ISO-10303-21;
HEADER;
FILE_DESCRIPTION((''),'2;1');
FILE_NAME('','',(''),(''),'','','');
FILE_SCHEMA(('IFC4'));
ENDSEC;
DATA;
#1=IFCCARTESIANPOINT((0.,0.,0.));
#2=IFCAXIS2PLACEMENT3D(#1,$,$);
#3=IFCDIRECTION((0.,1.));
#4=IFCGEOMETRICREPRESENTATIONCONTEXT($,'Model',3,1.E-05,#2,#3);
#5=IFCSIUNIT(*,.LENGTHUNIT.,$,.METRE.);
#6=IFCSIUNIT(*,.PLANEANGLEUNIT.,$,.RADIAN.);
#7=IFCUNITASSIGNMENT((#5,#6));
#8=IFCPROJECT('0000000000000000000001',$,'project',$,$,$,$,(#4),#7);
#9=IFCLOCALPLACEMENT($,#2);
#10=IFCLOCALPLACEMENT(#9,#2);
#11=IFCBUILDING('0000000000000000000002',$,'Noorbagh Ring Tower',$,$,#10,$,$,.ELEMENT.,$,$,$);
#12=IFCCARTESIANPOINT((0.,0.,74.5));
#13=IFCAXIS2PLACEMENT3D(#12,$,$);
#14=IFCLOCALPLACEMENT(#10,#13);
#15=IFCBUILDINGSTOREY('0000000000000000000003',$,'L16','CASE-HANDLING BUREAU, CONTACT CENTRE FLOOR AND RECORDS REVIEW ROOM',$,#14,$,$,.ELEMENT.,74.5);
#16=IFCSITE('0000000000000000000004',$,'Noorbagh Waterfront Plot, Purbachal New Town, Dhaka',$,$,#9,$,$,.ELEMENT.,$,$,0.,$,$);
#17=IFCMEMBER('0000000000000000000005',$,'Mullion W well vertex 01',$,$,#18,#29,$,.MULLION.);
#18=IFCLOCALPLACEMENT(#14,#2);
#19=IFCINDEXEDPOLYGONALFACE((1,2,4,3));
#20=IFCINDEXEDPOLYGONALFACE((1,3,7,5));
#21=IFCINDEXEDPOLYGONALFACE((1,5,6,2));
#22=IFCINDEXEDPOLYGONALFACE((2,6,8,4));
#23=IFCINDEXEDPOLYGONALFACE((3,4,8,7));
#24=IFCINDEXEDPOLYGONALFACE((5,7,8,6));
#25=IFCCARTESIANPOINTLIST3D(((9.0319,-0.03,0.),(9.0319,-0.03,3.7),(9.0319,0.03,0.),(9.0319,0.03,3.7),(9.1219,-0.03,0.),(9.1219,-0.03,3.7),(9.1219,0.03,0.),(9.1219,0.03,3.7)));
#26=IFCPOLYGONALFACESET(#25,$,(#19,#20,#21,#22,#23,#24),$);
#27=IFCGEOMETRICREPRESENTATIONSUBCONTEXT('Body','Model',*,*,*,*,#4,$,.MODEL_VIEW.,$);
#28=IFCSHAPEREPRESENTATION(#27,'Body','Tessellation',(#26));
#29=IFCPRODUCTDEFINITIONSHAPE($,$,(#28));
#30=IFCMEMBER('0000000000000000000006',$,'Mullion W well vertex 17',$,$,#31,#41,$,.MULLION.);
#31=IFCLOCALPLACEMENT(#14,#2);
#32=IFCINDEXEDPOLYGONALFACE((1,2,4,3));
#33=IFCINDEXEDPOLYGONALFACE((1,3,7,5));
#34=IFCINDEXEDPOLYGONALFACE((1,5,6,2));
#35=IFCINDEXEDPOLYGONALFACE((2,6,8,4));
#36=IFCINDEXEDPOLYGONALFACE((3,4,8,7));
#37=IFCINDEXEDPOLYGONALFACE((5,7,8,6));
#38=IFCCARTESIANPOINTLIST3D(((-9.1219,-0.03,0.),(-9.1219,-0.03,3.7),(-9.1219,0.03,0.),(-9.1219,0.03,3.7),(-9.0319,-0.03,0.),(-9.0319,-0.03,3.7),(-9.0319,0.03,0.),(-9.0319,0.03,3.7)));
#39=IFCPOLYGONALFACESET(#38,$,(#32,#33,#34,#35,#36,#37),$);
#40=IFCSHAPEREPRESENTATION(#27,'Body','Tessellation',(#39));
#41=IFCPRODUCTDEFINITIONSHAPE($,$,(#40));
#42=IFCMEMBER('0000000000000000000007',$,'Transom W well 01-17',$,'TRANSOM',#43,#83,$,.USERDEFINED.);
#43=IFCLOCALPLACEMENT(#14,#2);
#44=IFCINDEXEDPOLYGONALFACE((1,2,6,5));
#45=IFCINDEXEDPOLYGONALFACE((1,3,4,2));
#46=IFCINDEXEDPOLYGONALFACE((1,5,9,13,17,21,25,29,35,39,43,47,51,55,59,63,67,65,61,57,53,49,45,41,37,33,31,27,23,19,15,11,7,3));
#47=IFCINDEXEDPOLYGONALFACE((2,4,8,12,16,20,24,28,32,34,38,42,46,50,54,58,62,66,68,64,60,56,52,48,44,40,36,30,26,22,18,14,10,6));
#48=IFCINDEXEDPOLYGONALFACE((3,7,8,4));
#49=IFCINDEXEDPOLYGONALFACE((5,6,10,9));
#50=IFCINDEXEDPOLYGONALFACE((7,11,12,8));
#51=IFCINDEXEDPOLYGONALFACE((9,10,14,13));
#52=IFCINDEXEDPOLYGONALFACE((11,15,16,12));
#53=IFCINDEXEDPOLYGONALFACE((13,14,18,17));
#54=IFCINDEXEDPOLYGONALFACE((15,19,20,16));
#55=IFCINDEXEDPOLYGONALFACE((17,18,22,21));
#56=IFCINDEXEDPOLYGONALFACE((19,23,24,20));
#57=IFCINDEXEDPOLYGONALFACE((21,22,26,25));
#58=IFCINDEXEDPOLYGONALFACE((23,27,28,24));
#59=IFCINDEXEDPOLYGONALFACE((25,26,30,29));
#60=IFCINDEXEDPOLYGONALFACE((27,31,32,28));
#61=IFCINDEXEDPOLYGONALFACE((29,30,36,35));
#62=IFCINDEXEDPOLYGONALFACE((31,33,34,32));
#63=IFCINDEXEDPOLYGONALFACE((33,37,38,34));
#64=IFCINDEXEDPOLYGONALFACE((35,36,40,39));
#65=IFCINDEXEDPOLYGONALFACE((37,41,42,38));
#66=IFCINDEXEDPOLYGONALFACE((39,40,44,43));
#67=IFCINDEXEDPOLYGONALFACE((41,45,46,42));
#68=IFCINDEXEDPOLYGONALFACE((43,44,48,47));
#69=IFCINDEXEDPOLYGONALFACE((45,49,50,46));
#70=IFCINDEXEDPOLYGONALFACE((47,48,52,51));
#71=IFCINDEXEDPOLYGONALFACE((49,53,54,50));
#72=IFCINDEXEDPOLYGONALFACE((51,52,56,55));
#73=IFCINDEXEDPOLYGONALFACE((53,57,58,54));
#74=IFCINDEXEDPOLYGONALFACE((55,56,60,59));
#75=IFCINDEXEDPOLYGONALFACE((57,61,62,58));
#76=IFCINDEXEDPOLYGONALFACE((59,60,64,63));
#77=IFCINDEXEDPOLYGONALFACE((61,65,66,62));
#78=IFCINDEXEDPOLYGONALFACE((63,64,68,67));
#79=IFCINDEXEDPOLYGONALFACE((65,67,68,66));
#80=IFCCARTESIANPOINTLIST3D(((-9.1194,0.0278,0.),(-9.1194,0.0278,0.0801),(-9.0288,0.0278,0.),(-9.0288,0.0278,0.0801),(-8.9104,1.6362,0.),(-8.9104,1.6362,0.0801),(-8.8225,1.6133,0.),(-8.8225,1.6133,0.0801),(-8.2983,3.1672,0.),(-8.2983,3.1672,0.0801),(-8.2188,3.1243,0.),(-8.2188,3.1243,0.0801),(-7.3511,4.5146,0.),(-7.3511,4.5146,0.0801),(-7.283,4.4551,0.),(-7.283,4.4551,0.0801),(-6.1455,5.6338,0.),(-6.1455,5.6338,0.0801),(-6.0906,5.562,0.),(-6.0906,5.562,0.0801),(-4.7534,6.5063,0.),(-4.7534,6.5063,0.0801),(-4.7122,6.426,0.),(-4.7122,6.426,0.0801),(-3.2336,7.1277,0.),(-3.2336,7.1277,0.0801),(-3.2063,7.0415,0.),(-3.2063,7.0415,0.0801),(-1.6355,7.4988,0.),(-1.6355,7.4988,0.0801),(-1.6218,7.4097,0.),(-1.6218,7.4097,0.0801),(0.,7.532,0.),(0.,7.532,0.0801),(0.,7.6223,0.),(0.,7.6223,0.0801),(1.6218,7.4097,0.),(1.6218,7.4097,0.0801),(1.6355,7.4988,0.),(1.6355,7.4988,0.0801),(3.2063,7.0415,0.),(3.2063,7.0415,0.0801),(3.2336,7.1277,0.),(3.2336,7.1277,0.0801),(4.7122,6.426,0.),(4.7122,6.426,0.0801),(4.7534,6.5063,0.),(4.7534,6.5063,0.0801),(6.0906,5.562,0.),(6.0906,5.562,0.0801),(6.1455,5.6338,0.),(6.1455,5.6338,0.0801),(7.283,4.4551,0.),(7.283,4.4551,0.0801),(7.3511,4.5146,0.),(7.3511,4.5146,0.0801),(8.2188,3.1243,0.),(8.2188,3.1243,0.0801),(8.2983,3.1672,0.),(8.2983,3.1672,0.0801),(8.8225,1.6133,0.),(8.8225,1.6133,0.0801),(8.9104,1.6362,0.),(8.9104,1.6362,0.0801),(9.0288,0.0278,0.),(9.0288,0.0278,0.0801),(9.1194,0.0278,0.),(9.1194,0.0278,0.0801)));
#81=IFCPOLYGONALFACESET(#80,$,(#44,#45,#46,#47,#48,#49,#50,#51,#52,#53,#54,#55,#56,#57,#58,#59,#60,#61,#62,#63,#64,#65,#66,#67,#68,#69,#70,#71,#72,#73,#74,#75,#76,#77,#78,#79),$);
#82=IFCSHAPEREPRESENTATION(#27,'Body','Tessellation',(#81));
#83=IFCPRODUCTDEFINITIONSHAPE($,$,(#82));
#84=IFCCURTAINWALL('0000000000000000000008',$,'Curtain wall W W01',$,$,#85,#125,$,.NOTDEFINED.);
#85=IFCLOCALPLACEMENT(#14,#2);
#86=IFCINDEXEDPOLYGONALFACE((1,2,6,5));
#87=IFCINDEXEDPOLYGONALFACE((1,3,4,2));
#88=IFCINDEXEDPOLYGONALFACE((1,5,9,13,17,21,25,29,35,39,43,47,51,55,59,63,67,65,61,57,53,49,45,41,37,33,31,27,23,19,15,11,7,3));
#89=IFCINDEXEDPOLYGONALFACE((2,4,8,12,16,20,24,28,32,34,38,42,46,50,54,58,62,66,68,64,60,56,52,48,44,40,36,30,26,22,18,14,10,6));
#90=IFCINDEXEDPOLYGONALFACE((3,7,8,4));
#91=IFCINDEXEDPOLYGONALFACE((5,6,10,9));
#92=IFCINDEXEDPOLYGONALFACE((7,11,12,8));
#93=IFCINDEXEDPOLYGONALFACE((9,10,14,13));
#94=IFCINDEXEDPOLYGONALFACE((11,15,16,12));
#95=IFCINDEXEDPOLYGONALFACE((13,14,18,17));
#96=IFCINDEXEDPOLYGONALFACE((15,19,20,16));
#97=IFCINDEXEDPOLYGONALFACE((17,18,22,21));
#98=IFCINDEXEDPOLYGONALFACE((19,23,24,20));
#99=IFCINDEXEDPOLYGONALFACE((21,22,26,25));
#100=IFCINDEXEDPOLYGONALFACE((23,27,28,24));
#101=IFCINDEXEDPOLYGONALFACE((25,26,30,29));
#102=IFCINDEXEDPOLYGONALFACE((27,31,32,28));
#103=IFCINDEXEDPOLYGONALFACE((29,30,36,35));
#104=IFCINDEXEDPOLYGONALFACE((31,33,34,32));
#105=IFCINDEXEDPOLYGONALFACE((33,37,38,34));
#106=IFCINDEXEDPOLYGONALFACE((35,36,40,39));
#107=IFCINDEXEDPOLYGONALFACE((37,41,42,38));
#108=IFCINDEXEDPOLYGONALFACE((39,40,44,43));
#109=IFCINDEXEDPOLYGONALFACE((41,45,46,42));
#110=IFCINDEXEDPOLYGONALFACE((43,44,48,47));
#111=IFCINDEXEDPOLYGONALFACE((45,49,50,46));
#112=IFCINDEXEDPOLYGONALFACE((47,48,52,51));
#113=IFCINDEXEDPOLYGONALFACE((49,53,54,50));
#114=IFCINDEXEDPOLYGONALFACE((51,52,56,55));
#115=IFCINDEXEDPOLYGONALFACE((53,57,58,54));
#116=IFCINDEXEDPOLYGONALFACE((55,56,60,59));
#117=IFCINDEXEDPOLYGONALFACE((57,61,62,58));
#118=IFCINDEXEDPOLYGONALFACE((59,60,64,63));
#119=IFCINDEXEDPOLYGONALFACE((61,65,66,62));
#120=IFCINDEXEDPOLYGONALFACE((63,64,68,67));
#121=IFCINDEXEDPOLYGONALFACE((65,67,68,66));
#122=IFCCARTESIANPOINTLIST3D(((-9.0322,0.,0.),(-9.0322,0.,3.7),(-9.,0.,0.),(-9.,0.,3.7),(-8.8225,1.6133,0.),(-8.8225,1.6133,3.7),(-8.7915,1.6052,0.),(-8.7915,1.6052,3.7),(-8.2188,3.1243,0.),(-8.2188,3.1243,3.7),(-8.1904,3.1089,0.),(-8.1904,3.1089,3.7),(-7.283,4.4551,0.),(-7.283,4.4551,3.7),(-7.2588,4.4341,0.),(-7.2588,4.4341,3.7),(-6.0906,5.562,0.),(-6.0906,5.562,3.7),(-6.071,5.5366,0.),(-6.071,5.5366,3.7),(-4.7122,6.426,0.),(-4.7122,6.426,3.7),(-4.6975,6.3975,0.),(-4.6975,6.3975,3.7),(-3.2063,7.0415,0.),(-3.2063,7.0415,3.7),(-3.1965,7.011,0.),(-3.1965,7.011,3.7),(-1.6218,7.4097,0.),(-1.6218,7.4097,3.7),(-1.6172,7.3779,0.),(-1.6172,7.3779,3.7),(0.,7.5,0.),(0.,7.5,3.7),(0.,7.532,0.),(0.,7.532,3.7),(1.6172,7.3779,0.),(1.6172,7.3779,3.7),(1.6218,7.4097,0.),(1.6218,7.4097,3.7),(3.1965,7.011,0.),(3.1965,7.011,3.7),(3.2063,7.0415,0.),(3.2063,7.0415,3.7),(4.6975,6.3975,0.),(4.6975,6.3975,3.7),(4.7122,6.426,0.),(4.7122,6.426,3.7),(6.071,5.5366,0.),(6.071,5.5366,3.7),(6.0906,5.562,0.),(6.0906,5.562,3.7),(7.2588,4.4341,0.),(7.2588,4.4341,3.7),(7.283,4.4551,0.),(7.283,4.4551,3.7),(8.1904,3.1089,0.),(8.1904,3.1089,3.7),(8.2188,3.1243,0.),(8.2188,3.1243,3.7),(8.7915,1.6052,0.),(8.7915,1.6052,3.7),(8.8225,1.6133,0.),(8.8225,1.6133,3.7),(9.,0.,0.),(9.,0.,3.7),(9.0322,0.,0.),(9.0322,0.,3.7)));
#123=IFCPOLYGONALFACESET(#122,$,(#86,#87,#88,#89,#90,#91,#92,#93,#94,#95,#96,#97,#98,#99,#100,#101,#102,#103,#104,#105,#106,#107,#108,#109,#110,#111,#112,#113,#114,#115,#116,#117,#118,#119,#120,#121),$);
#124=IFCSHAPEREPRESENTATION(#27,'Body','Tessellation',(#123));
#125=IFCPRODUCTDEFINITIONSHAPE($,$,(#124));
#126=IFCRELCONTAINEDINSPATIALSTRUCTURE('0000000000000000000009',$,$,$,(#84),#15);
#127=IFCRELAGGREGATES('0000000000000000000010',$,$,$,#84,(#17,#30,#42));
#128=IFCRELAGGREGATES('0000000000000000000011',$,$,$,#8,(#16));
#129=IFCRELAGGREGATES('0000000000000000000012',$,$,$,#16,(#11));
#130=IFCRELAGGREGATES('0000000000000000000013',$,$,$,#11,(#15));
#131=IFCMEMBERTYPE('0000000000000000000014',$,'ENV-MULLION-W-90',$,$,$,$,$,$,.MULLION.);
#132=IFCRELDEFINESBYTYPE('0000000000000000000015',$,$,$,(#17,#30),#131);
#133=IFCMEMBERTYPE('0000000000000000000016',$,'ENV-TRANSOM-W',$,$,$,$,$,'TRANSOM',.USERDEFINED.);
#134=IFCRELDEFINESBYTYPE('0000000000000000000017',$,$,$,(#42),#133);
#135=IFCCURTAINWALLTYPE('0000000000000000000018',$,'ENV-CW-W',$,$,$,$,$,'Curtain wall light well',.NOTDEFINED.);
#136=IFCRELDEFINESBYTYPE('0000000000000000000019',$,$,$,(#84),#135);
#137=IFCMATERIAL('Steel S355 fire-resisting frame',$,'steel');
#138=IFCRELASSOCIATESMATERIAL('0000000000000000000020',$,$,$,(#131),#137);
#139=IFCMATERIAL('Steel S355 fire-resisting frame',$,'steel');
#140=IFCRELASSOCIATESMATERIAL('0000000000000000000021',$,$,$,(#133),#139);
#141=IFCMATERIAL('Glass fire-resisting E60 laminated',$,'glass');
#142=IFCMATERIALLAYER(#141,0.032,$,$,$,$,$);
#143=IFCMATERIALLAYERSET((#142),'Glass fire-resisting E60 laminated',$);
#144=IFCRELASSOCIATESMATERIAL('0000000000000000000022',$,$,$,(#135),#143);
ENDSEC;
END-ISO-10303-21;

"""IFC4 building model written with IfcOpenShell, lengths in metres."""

from ifc_helpers import new_model, si_unit, direction, frame, origin, origin_2d, place, context, subcontext, project, spatial, polyline, rectangle, outline, extrude, material, layer, layer_set, material_profile, profile_set, type_object, element, aggregate, save


model = new_model("IFC4")

# Units and contexts
model_context = context("Model", 3, precision=1e-05, world=origin(), true_north=direction((0.0, 1.0)))
body_context = subcontext(model_context, "Body", "Model", "MODEL_VIEW")
ifc_project = project(units=[si_unit("LENGTHUNIT", "METRE"), si_unit("PLANEANGLEUNIT", "RADIAN")], contexts=[model_context])

# Site, building, storey
site_placement = place(None, origin())
site = spatial("IfcSite", under=ifc_project, at=site_placement, Name="Noorbagh Waterfront Plot, Purbachal New Town, Dhaka", CompositionType="ELEMENT", RefElevation=0.0)
building_placement = place(site_placement, origin())
building = spatial("IfcBuilding", under=site, at=building_placement, Name="Noorbagh Ring Tower", CompositionType="ELEMENT")
storey_placement = place(building_placement, frame((0.0, 0.0, 74.5)))
storey = spatial("IfcBuildingStorey", under=building, at=storey_placement, Name="L16", Description="CASE-HANDLING BUREAU, CONTACT CENTRE FLOOR AND RECORDS REVIEW ROOM", CompositionType="ELEMENT", Elevation=74.5)

# Members
ifc_material_1 = material(Name="Steel S355 fire-resisting frame", Category="steel")
ifc_material_profile_1 = material_profile(ifc_material_1, rectangle(XDim=0.0901, YDim=0.0601, at=origin_2d()), Name="90x60")
ifc_profile_set_1 = profile_set([ifc_material_profile_1], Name="Steel S355 fire-resisting frame")
member_type_1 = type_object("IfcMemberType", Name="ENV-MULLION-W-90", PredefinedType="MULLION", material=ifc_profile_set_1)
member_1_placement = place(storey_placement, frame((9.0769, 0.0, 0.0), z_axis=(0.0, 0.0, 1.0), x_axis=(1.0, 0.0, 0.0)))
member_1 = element("IfcMember", 1, at=member_1_placement, type_object=member_type_1, Name="Mullion W well vertex 01", PredefinedType="MULLION", context=body_context, shape_type="SweptSolid", body=[
    extrude(rectangle(XDim=0.0901, YDim=0.0601, at=origin_2d()), origin(), (0.0, 0.0, 1.0), 3.7),
])
member_2_placement = place(storey_placement, frame((-9.0769, 0.0, 0.0), z_axis=(0.0, 0.0, 1.0), x_axis=(-1.0, 0.0, 0.0)))
member_2 = element("IfcMember", 2, at=member_2_placement, type_object=member_type_1, Name="Mullion W well vertex 17", PredefinedType="MULLION", context=body_context, shape_type="SweptSolid", body=[
    extrude(rectangle(XDim=0.0901, YDim=0.0601, at=origin_2d()), origin(), (0.0, 0.0, 1.0), 3.7),
])
ifc_material_2 = material(Name="Steel S355 fire-resisting frame", Category="steel")
member_type_2 = type_object("IfcMemberType", Name="ENV-TRANSOM-W", ElementType="TRANSOM", PredefinedType="USERDEFINED", material=ifc_material_2)
member_3_placement = place(storey_placement, origin())
member_3 = element("IfcMember", 3, at=member_3_placement, type_object=member_type_2, Name="Transom W well 01-17", ObjectType="TRANSOM", PredefinedType="USERDEFINED", context=body_context, shape_type="SweptSolid", body=[
    extrude(outline(polyline([(9.1194, 0.0278), (8.9104, 1.6362), (8.2983, 3.1672), (7.3511, 4.5146), (6.1455, 5.6338), (4.7534, 6.5063), (3.2336, 7.1277), (1.6355, 7.4988), (0.0, 7.6223), (-1.6355, 7.4988), (-3.2336, 7.1277), (-4.7534, 6.5063), (-6.1455, 5.6338), (-7.3511, 4.5146), (-8.2983, 3.1672), (-8.9104, 1.6362), (-9.1194, 0.0278), (-9.0288, 0.0278), (-8.8225, 1.6133), (-8.2188, 3.1243), (-7.283, 4.4551), (-6.0906, 5.562), (-4.7122, 6.426), (-3.2063, 7.0415), (-1.6218, 7.4097), (0.0, 7.532), (1.6218, 7.4097), (3.2063, 7.0415), (4.7122, 6.426), (6.0906, 5.562), (7.283, 4.4551), (8.2188, 3.1243), (8.8225, 1.6133), (9.0288, 0.0278), (9.1194, 0.0278)])), origin(), (0.0, 0.0, 1.0), 0.0801),
])

# Curtain wall
ifc_material_3 = material(Name="Glass fire-resisting E60 laminated", Category="glass")
ifc_layer_1 = layer(ifc_material_3, 0.032)
ifc_layer_set_1 = layer_set([ifc_layer_1], Name="Glass fire-resisting E60 laminated")
curtain_wall_type_1 = type_object("IfcCurtainWallType", Name="ENV-CW-W", ElementType="Curtain wall light well", PredefinedType="NOTDEFINED", material=ifc_layer_set_1)
curtain_wall_1_placement = place(storey_placement, origin())
curtain_wall_1 = element("IfcCurtainWall", 4, at=curtain_wall_1_placement, inside=storey, type_object=curtain_wall_type_1, Name="Curtain wall W W01", PredefinedType="NOTDEFINED", context=body_context, shape_type="SweptSolid", body=[
    extrude(outline(polyline([(9.0322, 0.0), (8.8225, 1.6133), (8.2188, 3.1243), (7.283, 4.4551), (6.0906, 5.562), (4.7122, 6.426), (3.2063, 7.0415), (1.6218, 7.4097), (0.0, 7.532), (-1.6218, 7.4097), (-3.2063, 7.0415), (-4.7122, 6.426), (-6.0906, 5.562), (-7.283, 4.4551), (-8.2188, 3.1243), (-8.8225, 1.6133), (-9.0322, 0.0), (-9.0, 0.0), (-8.7915, 1.6052), (-8.1904, 3.1089), (-7.2588, 4.4341), (-6.071, 5.5366), (-4.6975, 6.3975), (-3.1965, 7.011), (-1.6172, 7.3779), (0.0, 7.5), (1.6172, 7.3779), (3.1965, 7.011), (4.6975, 6.3975), (6.071, 5.5366), (7.2588, 4.4341), (8.1904, 3.1089), (8.7915, 1.6052), (9.0, 0.0), (9.0322, 0.0)])), origin(), (0.0, 0.0, 1.0), 3.7),
])
aggregate(curtain_wall_1, [member_1, member_2, member_3])

save(model, "model.ifc")
